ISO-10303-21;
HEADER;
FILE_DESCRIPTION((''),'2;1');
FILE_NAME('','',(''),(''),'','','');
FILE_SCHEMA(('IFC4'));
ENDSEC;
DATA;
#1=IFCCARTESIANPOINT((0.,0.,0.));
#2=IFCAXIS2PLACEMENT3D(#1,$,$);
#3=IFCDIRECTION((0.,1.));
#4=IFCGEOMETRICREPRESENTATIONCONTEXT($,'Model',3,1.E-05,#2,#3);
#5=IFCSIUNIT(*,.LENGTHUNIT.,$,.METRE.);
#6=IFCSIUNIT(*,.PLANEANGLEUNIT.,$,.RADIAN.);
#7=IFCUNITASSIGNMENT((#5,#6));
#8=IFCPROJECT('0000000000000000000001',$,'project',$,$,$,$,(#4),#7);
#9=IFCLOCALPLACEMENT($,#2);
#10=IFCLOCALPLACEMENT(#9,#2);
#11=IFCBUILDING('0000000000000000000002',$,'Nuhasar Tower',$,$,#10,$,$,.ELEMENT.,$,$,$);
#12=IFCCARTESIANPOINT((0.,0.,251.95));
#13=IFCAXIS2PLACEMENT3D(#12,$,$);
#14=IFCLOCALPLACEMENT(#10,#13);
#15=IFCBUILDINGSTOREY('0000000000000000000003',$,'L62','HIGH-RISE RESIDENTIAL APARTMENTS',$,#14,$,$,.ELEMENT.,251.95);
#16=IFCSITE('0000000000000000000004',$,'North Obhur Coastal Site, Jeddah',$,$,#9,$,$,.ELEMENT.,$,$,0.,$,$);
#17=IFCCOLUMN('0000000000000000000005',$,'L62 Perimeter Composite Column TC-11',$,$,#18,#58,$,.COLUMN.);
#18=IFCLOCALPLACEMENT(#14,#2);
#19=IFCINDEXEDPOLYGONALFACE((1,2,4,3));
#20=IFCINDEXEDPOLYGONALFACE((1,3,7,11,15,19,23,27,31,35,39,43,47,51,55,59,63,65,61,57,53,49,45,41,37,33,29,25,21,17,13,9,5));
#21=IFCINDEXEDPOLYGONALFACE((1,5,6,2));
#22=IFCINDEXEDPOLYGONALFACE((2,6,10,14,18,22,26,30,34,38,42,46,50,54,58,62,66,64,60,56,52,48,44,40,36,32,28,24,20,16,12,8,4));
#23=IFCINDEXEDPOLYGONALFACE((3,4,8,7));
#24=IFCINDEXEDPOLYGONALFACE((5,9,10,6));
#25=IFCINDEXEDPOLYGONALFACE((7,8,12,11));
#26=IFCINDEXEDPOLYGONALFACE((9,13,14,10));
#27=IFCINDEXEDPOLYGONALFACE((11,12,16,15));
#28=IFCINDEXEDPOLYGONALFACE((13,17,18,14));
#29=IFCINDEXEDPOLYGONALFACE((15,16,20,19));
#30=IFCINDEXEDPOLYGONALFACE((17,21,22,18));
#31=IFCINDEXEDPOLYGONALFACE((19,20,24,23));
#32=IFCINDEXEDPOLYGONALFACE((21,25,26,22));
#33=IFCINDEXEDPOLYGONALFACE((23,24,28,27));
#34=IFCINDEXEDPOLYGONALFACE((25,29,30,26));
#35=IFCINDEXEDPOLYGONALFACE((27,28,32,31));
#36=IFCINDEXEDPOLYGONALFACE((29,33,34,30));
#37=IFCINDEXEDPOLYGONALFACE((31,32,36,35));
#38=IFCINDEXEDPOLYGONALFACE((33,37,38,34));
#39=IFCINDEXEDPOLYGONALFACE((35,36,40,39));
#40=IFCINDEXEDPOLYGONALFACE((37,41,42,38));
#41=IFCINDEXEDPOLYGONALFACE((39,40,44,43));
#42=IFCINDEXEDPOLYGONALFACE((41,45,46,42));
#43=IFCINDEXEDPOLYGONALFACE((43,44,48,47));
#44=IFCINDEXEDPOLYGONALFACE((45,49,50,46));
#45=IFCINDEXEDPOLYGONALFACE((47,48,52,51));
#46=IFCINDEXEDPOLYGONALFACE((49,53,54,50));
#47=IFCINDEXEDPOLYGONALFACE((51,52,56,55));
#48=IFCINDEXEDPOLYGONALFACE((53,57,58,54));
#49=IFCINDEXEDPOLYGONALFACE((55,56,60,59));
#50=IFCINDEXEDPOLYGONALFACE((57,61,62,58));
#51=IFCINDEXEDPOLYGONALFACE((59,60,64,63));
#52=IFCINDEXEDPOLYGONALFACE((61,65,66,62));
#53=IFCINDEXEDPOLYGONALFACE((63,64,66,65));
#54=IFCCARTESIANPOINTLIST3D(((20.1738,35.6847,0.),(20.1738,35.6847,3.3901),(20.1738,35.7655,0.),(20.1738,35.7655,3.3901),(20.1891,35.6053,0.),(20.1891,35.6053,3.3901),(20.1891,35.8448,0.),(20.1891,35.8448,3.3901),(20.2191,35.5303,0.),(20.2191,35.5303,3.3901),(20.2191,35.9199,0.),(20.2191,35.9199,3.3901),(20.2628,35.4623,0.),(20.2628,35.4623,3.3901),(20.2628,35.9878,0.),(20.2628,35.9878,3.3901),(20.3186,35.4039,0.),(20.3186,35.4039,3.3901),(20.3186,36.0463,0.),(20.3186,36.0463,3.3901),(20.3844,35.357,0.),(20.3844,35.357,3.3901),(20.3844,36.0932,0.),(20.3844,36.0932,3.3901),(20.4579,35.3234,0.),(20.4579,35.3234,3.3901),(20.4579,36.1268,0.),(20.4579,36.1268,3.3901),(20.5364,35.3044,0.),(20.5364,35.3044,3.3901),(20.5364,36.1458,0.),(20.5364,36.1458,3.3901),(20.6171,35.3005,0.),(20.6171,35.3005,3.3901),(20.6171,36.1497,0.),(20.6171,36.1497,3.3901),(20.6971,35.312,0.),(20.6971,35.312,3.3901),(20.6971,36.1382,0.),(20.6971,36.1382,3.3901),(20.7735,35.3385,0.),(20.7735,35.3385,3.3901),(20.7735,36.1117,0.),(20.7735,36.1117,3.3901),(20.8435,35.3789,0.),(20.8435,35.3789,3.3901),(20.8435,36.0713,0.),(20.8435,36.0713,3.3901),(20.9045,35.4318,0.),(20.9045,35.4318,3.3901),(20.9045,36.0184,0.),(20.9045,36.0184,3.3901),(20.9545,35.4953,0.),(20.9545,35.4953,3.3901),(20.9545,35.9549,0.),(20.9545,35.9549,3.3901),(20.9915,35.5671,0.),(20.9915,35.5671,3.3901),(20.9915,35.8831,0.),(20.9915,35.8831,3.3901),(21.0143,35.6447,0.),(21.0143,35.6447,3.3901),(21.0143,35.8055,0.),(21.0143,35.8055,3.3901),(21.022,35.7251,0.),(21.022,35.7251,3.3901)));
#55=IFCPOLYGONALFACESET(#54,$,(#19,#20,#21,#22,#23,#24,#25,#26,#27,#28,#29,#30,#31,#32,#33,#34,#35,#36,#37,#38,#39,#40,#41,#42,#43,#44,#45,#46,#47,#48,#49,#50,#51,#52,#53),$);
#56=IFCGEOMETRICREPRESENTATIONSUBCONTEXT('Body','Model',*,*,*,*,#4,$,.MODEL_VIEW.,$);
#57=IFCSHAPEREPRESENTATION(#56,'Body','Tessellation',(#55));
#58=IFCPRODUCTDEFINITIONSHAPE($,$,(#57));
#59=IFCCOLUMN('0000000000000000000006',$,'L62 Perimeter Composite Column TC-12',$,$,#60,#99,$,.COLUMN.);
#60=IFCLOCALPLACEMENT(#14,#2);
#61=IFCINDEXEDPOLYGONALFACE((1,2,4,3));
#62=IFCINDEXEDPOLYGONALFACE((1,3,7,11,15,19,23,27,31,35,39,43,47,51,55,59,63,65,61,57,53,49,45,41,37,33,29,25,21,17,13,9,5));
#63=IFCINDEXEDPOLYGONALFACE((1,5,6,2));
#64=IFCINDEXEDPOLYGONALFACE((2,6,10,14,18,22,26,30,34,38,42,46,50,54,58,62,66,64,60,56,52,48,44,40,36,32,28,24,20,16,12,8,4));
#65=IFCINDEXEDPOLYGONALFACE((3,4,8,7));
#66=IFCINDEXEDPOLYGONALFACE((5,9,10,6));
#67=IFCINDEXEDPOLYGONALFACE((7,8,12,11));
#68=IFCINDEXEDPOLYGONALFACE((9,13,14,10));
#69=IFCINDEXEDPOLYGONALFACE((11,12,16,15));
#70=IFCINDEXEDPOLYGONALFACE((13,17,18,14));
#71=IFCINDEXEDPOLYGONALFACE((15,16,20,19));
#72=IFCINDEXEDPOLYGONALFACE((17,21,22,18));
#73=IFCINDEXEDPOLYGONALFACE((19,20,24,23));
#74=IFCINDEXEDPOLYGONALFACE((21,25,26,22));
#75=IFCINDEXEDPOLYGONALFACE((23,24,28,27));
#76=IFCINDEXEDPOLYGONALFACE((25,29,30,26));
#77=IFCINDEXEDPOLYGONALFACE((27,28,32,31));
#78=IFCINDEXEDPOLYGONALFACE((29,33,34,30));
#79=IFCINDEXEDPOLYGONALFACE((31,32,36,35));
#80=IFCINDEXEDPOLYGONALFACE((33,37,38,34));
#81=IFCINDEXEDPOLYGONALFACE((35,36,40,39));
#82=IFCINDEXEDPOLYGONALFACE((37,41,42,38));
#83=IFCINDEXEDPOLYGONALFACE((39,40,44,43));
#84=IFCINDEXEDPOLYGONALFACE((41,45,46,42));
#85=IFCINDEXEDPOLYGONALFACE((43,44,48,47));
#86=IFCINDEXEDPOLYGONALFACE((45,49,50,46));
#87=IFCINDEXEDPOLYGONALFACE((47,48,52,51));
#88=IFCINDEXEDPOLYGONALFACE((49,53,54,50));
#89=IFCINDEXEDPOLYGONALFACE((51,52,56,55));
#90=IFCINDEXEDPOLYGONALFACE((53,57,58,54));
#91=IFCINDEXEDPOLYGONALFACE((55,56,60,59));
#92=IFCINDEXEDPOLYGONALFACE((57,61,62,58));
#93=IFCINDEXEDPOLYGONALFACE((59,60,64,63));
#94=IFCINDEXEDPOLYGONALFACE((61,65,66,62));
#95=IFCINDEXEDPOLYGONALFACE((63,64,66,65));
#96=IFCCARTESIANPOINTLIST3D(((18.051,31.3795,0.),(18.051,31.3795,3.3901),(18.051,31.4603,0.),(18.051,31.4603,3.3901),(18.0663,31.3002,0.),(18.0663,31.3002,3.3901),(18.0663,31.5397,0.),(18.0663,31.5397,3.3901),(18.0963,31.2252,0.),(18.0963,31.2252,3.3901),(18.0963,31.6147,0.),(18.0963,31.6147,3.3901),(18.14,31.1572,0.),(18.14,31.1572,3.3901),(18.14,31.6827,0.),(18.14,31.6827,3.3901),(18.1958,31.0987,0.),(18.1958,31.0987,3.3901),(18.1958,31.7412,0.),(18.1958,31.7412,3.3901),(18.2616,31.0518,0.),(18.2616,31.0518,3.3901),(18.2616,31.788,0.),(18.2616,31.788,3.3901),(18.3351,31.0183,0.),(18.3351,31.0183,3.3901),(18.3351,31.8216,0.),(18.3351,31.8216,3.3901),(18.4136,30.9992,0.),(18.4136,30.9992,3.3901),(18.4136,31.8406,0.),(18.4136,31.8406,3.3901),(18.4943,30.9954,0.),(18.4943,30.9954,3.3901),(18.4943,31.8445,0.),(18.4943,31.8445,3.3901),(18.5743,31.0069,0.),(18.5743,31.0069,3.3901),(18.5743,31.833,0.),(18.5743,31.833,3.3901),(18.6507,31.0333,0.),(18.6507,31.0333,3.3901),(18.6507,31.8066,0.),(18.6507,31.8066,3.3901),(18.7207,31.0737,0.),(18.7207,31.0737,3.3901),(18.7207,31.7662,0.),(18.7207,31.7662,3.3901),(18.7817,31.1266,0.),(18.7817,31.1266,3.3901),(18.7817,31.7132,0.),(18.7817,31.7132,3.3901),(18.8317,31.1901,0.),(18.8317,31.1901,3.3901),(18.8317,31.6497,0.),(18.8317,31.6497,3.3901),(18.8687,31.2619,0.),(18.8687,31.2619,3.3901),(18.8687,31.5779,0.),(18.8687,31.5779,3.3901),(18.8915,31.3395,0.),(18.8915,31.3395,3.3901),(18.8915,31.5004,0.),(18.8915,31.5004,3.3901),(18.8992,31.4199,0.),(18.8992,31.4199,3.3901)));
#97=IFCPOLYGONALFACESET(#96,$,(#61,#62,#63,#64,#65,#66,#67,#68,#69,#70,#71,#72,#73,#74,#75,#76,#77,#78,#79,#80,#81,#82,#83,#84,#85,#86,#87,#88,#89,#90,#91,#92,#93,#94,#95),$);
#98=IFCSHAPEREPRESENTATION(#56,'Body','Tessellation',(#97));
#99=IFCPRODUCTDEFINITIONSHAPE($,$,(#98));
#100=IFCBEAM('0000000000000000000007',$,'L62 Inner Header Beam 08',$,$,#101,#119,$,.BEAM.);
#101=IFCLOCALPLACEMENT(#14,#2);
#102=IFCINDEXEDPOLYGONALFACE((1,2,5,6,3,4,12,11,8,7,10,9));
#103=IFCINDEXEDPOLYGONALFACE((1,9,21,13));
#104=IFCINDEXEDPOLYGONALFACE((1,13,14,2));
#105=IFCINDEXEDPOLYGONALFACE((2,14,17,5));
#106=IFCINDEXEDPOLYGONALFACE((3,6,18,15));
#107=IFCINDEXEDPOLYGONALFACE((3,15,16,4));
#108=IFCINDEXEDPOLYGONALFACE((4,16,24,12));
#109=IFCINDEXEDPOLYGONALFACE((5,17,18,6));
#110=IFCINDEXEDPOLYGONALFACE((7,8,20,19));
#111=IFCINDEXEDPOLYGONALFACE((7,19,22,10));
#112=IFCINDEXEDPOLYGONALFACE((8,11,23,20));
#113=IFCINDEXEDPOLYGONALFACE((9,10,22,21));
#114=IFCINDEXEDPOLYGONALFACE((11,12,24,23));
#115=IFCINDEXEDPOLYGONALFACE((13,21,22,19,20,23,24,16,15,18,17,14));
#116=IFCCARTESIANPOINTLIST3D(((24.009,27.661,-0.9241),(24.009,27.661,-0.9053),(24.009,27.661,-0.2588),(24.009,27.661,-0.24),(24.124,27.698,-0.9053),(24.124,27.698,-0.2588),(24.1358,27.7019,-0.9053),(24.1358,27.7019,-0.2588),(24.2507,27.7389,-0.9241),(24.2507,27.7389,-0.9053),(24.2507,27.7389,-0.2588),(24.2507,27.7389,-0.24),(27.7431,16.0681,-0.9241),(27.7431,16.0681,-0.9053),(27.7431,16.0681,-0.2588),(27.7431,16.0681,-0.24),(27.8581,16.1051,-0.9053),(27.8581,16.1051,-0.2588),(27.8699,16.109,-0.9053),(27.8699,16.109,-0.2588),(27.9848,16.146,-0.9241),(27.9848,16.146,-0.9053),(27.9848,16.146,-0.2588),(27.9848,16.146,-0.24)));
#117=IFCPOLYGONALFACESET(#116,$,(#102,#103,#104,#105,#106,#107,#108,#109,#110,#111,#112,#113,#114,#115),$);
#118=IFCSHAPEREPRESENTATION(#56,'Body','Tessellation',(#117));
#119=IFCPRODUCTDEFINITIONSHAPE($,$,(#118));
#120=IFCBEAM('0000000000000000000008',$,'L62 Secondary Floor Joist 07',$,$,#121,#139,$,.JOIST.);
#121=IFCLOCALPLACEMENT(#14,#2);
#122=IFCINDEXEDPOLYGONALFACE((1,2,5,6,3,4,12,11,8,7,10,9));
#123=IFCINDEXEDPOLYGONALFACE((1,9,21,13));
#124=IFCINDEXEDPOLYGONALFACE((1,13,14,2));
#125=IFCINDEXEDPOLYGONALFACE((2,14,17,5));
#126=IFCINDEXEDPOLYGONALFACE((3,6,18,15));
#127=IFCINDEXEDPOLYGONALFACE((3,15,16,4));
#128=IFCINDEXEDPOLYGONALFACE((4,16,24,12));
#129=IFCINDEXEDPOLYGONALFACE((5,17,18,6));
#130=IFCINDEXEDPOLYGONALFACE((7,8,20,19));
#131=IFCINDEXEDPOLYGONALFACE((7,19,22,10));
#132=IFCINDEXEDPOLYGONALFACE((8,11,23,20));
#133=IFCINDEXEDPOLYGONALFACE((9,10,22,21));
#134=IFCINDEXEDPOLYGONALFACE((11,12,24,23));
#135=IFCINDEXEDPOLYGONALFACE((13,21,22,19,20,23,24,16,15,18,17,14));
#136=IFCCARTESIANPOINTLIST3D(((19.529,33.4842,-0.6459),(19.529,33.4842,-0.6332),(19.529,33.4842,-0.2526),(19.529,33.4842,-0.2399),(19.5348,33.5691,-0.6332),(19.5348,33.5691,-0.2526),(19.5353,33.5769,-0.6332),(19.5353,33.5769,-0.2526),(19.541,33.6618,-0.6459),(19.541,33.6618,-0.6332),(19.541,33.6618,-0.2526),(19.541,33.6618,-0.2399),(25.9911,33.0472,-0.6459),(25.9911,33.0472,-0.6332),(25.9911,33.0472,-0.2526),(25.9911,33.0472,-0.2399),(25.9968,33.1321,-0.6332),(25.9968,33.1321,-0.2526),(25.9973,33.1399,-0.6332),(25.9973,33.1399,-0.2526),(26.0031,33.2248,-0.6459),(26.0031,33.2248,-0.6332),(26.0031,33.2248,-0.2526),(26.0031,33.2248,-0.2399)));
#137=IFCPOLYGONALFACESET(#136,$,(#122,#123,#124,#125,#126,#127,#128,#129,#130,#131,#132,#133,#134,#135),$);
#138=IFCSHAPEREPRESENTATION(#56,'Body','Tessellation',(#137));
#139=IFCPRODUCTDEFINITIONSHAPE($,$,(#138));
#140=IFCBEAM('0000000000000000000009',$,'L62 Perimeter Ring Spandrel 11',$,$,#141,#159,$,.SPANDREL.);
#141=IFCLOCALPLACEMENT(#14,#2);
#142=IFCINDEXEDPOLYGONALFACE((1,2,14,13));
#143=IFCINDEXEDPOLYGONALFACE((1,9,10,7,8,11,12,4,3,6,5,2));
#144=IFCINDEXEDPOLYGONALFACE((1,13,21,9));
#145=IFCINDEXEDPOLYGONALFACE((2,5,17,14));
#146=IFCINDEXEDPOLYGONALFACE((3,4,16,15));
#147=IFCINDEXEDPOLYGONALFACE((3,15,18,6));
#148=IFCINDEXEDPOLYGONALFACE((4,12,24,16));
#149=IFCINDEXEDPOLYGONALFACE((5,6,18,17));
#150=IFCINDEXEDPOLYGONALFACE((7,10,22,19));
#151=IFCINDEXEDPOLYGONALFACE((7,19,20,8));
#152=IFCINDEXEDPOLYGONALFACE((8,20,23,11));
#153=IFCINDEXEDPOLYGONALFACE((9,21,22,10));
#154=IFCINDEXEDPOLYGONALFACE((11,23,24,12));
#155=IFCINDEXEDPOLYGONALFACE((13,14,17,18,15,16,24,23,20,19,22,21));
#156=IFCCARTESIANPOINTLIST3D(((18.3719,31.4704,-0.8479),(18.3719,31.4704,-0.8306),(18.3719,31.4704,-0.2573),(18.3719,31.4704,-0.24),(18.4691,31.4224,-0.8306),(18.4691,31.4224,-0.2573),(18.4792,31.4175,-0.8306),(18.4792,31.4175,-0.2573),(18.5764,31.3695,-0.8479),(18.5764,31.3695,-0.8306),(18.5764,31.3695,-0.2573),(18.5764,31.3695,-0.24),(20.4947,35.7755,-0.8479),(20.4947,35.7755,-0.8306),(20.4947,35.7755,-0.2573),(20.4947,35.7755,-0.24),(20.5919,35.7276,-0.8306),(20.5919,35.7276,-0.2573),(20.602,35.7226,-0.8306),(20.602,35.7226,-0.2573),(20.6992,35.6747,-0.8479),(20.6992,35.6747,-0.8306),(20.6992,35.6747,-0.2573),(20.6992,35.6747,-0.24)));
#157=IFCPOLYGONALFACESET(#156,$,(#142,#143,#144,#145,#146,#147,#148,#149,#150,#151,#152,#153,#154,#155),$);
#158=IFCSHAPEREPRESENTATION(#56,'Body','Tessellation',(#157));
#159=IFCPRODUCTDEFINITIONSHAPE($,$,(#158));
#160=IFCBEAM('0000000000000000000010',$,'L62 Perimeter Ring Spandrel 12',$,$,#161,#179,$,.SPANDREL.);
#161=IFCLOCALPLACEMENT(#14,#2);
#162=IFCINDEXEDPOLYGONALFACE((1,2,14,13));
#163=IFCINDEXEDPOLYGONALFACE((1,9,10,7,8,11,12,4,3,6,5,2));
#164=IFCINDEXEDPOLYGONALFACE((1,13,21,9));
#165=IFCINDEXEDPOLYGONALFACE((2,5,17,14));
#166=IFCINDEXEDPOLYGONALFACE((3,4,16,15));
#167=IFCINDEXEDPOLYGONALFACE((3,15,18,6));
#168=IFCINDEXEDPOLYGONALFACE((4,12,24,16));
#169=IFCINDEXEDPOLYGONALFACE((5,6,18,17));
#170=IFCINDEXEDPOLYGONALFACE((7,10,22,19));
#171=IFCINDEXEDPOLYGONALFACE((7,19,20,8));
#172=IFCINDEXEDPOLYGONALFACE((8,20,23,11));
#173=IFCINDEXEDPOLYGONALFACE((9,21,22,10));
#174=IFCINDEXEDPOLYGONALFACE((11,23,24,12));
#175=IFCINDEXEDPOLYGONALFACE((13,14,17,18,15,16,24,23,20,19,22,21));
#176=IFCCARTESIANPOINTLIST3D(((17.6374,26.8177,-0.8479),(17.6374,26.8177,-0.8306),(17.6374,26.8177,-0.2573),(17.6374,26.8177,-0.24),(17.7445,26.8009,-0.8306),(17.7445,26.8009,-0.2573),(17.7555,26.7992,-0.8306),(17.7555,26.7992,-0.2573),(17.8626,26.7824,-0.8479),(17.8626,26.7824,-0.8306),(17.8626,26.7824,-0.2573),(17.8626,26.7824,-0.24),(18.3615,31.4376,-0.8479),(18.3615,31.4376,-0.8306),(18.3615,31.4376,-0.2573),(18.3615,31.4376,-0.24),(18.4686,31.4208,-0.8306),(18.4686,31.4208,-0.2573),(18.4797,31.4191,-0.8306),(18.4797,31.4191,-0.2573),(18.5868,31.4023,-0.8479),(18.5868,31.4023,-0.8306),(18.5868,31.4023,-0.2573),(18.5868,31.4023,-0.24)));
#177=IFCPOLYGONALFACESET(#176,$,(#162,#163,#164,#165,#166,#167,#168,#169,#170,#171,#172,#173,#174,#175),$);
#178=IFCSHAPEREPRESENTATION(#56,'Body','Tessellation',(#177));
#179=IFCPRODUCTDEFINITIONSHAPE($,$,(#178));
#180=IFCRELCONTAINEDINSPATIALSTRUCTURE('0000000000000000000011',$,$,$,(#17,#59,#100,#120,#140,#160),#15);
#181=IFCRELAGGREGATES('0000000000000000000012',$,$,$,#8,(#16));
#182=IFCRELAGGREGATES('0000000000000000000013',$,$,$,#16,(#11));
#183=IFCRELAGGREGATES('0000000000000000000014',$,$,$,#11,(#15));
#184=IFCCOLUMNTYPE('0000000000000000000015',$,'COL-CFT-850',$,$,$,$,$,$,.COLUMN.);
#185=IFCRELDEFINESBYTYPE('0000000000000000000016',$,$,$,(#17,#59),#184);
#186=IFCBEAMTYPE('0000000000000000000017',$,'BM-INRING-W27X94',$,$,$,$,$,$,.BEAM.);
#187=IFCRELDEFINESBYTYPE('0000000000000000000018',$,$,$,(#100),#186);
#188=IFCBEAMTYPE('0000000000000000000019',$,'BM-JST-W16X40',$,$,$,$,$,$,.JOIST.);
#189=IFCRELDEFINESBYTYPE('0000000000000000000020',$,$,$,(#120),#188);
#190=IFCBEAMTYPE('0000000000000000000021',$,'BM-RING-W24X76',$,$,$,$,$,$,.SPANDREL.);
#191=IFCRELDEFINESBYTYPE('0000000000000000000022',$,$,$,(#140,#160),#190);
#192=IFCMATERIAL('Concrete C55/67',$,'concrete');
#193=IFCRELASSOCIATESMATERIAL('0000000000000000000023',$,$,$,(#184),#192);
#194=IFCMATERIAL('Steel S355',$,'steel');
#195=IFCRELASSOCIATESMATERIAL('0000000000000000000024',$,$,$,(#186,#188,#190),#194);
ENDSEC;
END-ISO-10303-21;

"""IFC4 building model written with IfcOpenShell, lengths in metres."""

from ifc_helpers import new_model, si_unit, direction, frame, origin, origin_2d, place, context, subcontext, project, spatial, circle, i_section, extrude, material, material_profile, profile_set, type_object, element, save


model = new_model("IFC4")

# Units and contexts
model_context = context("Model", 3, precision=1e-05, world=origin(), true_north=direction((0.0, 1.0)))
body_context = subcontext(model_context, "Body", "Model", "MODEL_VIEW")
ifc_project = project(units=[si_unit("LENGTHUNIT", "METRE"), si_unit("PLANEANGLEUNIT", "RADIAN")], contexts=[model_context])

# Site, building, storey
site_placement = place(None, origin())
site = spatial("IfcSite", under=ifc_project, at=site_placement, Name="North Obhur Coastal Site, Jeddah", CompositionType="ELEMENT", RefElevation=0.0)
building_placement = place(site_placement, origin())
building = spatial("IfcBuilding", under=site, at=building_placement, Name="Nuhasar Tower", CompositionType="ELEMENT")
storey_placement = place(building_placement, frame((0.0, 0.0, 251.95)))
storey = spatial("IfcBuildingStorey", under=building, at=storey_placement, Name="L62", Description="HIGH-RISE RESIDENTIAL APARTMENTS", CompositionType="ELEMENT", Elevation=251.95)

# Columns
ifc_material_1 = material(Name="Concrete C55/67", Category="concrete")
ifc_material_profile_1 = material_profile(ifc_material_1, circle(Radius=0.425, at=origin_2d()), Name="CFT850")
ifc_profile_set_1 = profile_set([ifc_material_profile_1], Name="Concrete C55/67")
column_type = type_object("IfcColumnType", Name="COL-CFT-850", PredefinedType="COLUMN", material=ifc_profile_set_1)
for number, where, z_axis, x_axis, name in (
    (1, (20.5969, 35.7251, 0.0), (0.0, 0.0, 1.0), (1.0, 0.0, 0.0), "L62 Perimeter Composite Column TC-11"),
    (2, (18.4741, 31.4199, 0.0), (0.0, 0.0, 1.0), (1.0, 0.0, 0.0), "L62 Perimeter Composite Column TC-12"),
):
    element("IfcColumn", number, at=place(storey_placement, frame(where, z_axis=z_axis, x_axis=x_axis)), inside=storey, type_object=column_type, Name=name, PredefinedType="COLUMN", context=body_context, shape_type="SweptSolid", body=[
        extrude(circle(Radius=0.425, at=origin_2d()), origin(), (0.0, 0.0, 1.0), 3.3901),
    ])

# Beams
ifc_material_2 = material(Name="Steel S355", Category="steel")
ifc_material_profile_2 = material_profile(ifc_material_2, i_section(OverallWidth=0.2539, OverallDepth=0.6841, WebThickness=0.0125, FlangeThickness=0.0188, at=origin_2d()), Name="W27X94")
ifc_profile_set_2 = profile_set([ifc_material_profile_2], Name="Steel S355")
beam_type_1 = type_object("IfcBeamType", Name="BM-INRING-W27X94", PredefinedType="BEAM", material=ifc_profile_set_2)
beam_1_placement = place(storey_placement, frame((24.1299, 27.7, -0.582), z_axis=(0.30659, -0.951842, 0.0), x_axis=(0.951842, 0.30659, 0.0)))
element("IfcBeam", 3, at=beam_1_placement, inside=storey, type_object=beam_type_1, Name="L62 Inner Header Beam 08", PredefinedType="BEAM", context=body_context, shape_type="SweptSolid", body=[
    extrude(i_section(OverallWidth=0.2539, OverallDepth=0.6841, WebThickness=0.0125, FlangeThickness=0.0188, at=origin_2d()), origin(), (0.0, 0.0, 1.0), 12.1794),
])
ifc_material_profile_3 = material_profile(ifc_material_2, i_section(OverallWidth=0.178, OverallDepth=0.406, WebThickness=0.0078, FlangeThickness=0.0127, at=origin_2d()), Name="W16X40")
ifc_profile_set_3 = profile_set([ifc_material_profile_3], Name="Steel S355")
beam_type_2 = type_object("IfcBeamType", Name="BM-JST-W16X40", PredefinedType="JOIST", material=ifc_profile_set_3)
beam_2_placement = place(storey_placement, frame((25.9971, 33.136, -0.4429), z_axis=(-0.997721, 0.067472, 0.0), x_axis=(-0.067472, -0.997721, 0.0)))
element("IfcBeam", 4, at=beam_2_placement, inside=storey, type_object=beam_type_2, Name="L62 Secondary Floor Joist 07", PredefinedType="JOIST", context=body_context, shape_type="SweptSolid", body=[
    extrude(i_section(OverallWidth=0.178, OverallDepth=0.406, WebThickness=0.0078, FlangeThickness=0.0127, at=origin_2d()), origin(), (0.0, 0.0, 1.0), 6.4768),
])
ifc_material_profile_4 = material_profile(ifc_material_2, i_section(OverallWidth=0.228, OverallDepth=0.6079, WebThickness=0.0112, FlangeThickness=0.0173, at=origin_2d()), Name="W24X76")
ifc_profile_set_4 = profile_set([ifc_material_profile_4], Name="Steel S355")
beam_type_3 = type_object("IfcBeamType", Name="BM-RING-W24X76", PredefinedType="SPANDREL", material=ifc_profile_set_4)
beam_3_placement = place(storey_placement, frame((20.5969, 35.7251, -0.5439), z_axis=(-0.442243, -0.896895, 0.0), x_axis=(0.896895, -0.442243, 0.0)))
element("IfcBeam", 5, at=beam_3_placement, inside=storey, type_object=beam_type_3, Name="L62 Perimeter Ring Spandrel 11", PredefinedType="SPANDREL", context=body_context, shape_type="SweptSolid", body=[
    extrude(i_section(OverallWidth=0.228, OverallDepth=0.6079, WebThickness=0.0112, FlangeThickness=0.0173, at=origin_2d()), origin(), (0.0, 0.0, 1.0), 4.8),
])
beam_4_placement = place(storey_placement, frame((18.4741, 31.4199, -0.5439), z_axis=(-0.15485, -0.987938, 0.0), x_axis=(0.987938, -0.15485, 0.0)))
element("IfcBeam", 6, at=beam_4_placement, inside=storey, type_object=beam_type_3, Name="L62 Perimeter Ring Spandrel 12", PredefinedType="SPANDREL", context=body_context, shape_type="SweptSolid", body=[
    extrude(i_section(OverallWidth=0.228, OverallDepth=0.6079, WebThickness=0.0112, FlangeThickness=0.0173, at=origin_2d()), origin(), (0.0, 0.0, 1.0), 4.6763),
])

save(model, "model.ifc")
